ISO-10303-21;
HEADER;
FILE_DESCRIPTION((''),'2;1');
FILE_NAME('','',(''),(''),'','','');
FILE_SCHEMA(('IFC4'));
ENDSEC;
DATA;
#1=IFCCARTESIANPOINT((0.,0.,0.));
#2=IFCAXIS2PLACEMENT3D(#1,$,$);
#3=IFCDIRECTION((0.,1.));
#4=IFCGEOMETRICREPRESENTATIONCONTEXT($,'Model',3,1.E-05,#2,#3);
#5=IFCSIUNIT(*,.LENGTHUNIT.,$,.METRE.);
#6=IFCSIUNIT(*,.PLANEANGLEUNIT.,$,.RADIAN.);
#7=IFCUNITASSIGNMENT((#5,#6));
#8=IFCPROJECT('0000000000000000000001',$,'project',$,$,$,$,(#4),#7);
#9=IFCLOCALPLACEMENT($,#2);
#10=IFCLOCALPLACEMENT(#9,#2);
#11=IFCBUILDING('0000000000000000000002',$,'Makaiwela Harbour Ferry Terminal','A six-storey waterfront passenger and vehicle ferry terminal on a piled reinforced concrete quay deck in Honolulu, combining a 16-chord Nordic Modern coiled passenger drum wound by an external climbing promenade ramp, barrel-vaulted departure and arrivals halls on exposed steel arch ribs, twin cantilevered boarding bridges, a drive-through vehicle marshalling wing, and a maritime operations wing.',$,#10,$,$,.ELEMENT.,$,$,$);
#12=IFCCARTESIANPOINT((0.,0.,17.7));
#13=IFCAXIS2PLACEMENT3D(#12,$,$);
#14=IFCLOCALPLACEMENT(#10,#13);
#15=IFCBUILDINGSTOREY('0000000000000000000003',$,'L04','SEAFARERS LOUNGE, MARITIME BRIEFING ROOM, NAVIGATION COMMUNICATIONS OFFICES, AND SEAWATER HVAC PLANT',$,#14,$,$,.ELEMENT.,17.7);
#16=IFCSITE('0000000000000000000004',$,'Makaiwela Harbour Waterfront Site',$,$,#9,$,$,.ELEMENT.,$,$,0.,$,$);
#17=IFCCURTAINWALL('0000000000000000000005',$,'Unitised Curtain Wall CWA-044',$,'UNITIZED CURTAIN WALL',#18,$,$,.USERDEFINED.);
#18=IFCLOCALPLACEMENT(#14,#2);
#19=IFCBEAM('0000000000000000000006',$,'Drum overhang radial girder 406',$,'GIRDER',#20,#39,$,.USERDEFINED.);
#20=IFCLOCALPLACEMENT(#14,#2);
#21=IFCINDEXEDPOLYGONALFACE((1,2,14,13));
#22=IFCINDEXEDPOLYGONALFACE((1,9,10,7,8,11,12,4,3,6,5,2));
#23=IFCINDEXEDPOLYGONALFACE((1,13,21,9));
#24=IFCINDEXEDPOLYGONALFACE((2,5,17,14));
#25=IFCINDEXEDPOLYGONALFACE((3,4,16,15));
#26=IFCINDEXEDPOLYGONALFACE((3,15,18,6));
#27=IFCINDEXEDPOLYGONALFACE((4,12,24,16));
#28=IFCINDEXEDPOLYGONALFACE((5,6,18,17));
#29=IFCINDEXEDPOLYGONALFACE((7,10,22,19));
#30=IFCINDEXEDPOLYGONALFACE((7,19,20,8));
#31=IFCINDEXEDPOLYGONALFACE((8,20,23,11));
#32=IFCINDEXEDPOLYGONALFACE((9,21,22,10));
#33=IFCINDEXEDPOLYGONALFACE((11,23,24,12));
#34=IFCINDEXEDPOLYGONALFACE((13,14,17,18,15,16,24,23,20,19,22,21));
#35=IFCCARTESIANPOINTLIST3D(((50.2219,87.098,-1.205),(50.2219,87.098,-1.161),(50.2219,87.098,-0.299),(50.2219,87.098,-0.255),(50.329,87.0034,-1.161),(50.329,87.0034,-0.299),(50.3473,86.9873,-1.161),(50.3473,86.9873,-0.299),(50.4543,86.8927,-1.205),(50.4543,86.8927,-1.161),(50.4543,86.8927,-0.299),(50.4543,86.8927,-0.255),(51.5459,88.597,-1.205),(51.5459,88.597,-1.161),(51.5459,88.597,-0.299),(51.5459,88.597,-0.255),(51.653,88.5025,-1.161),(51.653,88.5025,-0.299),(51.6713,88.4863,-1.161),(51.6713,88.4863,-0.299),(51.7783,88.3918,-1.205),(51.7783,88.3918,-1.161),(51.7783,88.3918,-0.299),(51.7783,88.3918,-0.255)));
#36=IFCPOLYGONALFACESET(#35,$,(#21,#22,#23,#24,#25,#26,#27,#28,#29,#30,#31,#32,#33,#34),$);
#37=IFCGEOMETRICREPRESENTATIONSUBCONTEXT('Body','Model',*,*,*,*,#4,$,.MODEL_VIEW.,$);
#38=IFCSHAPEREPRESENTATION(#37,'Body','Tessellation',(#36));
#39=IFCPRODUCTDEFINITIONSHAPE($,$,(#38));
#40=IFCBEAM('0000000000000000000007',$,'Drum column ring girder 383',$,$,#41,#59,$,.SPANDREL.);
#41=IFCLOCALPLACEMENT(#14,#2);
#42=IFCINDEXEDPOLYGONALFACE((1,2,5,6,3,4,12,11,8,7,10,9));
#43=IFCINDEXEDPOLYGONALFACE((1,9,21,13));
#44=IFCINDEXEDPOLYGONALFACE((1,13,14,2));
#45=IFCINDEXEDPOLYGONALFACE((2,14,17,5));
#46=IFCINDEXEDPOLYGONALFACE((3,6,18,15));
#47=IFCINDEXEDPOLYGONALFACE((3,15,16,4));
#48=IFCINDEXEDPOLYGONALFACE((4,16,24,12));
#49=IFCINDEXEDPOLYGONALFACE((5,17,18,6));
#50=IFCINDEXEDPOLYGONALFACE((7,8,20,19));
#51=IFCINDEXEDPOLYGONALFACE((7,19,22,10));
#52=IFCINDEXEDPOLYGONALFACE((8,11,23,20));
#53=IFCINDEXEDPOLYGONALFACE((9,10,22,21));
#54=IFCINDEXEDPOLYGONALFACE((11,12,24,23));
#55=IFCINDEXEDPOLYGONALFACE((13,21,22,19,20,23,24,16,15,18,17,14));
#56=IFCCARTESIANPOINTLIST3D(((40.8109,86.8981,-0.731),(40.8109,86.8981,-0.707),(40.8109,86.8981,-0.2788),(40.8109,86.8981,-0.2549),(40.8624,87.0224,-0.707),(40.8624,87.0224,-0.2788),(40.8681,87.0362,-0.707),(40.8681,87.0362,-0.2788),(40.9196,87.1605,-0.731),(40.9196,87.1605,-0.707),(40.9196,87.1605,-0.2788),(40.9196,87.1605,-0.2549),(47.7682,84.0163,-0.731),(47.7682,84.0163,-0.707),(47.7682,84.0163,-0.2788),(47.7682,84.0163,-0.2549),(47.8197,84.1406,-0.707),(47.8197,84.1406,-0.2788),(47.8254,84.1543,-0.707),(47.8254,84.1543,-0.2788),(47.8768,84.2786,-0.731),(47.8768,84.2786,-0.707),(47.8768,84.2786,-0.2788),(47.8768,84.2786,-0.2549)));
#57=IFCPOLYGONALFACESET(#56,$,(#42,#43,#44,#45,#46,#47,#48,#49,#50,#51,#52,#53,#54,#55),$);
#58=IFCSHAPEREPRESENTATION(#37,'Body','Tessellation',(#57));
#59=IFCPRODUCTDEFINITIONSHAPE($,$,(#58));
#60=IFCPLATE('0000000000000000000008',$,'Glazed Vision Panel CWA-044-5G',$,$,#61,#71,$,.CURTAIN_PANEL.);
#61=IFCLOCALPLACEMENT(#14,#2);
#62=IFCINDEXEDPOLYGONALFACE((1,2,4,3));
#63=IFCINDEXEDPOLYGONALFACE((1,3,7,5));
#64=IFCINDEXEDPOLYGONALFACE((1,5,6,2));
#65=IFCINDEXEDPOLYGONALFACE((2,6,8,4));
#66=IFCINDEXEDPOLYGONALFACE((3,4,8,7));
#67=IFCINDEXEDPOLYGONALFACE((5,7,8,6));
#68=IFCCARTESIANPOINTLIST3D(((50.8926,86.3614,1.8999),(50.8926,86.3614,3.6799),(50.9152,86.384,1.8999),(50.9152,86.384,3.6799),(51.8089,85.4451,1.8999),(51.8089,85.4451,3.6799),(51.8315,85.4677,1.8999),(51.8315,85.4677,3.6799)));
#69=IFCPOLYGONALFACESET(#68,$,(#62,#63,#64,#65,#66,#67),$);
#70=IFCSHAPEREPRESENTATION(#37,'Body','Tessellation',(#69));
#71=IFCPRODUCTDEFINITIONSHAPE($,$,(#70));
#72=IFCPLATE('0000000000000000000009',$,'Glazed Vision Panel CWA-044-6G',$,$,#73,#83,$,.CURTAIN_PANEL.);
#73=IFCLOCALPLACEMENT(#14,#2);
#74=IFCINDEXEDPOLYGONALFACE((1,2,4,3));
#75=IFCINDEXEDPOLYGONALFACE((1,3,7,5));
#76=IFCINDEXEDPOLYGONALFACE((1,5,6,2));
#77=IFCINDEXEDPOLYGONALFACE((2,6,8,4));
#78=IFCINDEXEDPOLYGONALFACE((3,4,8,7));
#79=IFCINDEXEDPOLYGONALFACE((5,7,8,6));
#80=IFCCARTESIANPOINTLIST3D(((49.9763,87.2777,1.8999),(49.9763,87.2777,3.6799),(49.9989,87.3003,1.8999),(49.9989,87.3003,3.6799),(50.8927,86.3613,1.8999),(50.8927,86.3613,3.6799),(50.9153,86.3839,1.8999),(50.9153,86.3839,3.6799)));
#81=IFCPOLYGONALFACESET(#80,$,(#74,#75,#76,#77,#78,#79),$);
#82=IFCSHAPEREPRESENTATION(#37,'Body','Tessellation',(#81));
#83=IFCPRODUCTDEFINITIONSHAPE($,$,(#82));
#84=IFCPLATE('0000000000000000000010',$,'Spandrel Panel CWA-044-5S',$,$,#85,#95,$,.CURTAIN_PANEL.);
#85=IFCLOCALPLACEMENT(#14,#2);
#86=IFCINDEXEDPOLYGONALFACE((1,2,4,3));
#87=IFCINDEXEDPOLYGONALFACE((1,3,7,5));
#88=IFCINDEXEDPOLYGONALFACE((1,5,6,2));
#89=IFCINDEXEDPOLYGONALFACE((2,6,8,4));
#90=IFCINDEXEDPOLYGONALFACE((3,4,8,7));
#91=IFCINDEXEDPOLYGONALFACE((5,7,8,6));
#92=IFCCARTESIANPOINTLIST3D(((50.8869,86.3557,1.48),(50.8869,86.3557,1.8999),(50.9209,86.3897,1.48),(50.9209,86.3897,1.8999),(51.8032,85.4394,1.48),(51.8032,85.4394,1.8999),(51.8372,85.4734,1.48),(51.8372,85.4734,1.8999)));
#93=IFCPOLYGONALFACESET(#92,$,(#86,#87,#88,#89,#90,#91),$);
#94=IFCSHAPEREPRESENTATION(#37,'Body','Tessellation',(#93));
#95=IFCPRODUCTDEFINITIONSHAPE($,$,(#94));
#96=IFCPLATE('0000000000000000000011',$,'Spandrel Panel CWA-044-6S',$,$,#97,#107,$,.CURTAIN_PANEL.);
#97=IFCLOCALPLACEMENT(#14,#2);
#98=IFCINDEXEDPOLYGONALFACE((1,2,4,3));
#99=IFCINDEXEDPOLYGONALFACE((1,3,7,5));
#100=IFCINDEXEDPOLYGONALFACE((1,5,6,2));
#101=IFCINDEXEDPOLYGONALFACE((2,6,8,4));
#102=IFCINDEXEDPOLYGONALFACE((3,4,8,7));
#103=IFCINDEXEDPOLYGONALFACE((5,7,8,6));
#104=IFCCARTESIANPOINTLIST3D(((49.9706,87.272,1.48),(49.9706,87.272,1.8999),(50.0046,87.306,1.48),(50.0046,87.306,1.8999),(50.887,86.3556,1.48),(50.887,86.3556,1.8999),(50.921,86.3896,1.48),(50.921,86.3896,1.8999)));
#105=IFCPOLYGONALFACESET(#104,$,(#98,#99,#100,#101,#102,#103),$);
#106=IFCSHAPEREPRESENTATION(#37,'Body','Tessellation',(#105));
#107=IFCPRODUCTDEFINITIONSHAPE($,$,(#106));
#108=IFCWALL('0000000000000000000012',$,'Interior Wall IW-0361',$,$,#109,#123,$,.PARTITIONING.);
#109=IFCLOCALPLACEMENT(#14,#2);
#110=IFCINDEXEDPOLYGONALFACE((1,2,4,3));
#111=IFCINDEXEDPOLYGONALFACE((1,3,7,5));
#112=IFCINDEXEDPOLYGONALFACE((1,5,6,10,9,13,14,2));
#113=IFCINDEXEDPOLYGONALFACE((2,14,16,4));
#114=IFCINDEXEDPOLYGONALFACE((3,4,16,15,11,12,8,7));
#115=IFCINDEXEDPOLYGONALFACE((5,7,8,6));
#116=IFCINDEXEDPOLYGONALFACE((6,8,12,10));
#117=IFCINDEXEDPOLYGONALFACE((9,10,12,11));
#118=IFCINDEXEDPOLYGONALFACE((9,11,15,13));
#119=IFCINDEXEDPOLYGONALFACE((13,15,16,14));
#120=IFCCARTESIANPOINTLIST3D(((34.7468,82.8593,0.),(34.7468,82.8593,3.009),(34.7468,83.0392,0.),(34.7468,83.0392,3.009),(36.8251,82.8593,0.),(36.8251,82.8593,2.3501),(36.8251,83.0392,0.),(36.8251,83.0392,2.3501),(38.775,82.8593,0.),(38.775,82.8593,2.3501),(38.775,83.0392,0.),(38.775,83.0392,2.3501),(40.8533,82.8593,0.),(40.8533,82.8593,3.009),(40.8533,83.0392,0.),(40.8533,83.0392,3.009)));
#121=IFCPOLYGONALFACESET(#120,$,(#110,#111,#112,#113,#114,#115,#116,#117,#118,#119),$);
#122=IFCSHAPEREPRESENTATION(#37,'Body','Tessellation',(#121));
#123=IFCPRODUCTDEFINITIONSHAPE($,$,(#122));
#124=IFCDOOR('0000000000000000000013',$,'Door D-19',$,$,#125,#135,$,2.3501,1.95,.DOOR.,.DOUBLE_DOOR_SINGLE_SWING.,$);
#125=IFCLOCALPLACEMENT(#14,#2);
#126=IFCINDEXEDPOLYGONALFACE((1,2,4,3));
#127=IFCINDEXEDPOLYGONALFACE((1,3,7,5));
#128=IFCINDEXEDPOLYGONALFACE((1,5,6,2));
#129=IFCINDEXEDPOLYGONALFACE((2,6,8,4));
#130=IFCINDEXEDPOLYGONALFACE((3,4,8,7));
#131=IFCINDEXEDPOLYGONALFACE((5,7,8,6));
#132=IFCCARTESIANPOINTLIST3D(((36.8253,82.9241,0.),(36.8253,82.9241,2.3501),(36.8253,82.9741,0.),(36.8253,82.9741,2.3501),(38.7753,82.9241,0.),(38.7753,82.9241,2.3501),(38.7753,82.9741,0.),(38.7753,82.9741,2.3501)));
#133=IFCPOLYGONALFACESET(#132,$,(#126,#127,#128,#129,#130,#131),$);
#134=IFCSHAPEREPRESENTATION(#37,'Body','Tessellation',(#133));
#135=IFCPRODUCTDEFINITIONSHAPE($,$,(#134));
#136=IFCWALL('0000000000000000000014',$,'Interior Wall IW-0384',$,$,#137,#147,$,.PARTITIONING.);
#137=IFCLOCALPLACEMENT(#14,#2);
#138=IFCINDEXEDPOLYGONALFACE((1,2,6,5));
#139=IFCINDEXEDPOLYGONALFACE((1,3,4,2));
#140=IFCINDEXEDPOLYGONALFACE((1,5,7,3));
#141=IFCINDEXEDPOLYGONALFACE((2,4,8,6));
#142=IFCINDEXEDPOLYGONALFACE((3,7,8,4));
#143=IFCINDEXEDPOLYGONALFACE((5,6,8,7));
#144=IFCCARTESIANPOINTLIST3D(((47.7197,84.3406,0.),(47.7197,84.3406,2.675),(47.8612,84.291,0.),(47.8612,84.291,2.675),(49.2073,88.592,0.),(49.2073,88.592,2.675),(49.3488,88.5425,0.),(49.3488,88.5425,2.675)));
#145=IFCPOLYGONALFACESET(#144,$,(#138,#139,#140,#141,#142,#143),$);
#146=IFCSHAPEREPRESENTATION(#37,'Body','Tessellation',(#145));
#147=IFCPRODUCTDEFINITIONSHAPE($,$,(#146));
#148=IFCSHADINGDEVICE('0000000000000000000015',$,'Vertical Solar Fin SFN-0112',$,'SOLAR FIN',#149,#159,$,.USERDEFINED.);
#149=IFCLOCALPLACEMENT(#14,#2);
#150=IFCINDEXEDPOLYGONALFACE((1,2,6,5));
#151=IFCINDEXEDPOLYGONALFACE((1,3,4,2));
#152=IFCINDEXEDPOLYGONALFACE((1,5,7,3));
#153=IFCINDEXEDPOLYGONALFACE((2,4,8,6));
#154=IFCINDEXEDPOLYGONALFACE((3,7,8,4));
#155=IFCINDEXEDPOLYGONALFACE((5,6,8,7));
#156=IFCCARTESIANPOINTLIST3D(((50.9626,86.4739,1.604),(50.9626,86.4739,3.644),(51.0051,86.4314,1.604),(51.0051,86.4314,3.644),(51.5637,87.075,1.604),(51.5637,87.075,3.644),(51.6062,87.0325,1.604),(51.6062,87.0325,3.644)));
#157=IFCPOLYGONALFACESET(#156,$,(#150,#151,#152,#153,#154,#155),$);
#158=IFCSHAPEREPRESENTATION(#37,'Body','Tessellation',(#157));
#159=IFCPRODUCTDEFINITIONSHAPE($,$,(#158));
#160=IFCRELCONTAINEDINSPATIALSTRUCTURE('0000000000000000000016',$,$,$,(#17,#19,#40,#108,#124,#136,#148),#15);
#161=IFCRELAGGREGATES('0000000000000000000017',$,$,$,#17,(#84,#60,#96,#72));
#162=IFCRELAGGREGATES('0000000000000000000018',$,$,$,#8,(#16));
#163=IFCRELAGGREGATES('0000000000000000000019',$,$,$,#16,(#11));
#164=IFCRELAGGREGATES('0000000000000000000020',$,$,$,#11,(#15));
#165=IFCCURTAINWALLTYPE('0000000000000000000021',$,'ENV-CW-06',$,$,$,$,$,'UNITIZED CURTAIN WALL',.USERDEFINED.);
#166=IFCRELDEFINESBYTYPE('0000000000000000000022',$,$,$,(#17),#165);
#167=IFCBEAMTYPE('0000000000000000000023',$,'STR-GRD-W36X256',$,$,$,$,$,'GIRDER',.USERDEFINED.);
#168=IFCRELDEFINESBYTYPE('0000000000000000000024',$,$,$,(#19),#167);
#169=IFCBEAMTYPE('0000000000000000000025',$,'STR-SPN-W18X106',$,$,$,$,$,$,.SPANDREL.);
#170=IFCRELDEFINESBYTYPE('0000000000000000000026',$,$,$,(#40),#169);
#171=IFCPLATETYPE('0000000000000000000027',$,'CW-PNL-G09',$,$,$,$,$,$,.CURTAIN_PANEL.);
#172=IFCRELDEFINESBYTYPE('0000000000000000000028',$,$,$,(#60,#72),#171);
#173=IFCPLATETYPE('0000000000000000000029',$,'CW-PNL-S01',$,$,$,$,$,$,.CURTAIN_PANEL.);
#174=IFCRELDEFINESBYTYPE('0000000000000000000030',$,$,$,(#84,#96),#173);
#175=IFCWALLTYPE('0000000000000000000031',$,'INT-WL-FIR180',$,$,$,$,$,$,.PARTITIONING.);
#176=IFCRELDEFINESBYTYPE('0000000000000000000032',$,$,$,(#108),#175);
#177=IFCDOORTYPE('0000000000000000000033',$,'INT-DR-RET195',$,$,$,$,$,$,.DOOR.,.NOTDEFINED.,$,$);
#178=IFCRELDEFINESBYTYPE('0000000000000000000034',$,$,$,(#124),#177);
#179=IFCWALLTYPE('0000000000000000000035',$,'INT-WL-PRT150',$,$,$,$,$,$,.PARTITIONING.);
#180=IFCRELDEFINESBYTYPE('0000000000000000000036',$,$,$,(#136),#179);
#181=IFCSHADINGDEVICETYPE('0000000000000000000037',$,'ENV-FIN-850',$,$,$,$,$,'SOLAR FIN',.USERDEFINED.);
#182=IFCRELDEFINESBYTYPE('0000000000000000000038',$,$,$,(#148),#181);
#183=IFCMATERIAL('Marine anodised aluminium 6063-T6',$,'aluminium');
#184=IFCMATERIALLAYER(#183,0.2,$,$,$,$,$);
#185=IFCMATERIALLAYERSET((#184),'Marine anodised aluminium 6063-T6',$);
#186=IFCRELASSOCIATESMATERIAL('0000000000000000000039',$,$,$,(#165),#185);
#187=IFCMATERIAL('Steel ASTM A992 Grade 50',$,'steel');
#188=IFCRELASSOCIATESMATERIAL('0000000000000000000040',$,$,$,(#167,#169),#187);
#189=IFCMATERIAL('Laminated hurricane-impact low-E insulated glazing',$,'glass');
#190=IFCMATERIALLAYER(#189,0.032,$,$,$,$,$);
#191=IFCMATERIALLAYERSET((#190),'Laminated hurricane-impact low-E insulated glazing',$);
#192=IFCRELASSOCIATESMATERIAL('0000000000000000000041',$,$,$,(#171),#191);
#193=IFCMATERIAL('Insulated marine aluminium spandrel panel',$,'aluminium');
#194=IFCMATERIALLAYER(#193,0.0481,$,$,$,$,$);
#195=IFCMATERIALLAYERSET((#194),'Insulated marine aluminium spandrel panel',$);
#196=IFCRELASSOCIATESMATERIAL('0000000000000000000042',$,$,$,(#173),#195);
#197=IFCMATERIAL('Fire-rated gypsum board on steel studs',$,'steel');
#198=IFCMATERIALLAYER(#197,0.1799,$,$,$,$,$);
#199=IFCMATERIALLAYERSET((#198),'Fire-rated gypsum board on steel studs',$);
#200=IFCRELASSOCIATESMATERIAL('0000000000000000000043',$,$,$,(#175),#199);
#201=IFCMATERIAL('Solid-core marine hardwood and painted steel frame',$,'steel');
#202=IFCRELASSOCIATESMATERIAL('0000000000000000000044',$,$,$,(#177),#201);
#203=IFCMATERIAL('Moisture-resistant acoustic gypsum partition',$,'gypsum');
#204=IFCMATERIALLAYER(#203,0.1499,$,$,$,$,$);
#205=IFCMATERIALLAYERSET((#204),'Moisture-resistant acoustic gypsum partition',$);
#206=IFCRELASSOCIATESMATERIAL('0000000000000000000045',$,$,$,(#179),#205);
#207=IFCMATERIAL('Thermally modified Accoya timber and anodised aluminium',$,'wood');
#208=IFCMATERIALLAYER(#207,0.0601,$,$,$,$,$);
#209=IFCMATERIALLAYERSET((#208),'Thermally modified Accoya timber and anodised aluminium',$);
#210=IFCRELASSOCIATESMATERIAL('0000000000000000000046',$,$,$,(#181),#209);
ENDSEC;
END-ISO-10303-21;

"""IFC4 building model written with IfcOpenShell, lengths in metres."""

from ifc_helpers import new_model, si_unit, direction, frame, frame_2d, origin, origin_2d, place, context, subcontext, project, spatial, rectangle, i_section, extrude, material, layer, layer_set, material_profile, profile_set, type_object, element, fill, aggregate, save


model = new_model("IFC4")

# Units and contexts
model_context = context("Model", 3, precision=1e-05, world=origin(), true_north=direction((0.0, 1.0)))
body_context = subcontext(model_context, "Body", "Model", "MODEL_VIEW")
ifc_project = project(units=[si_unit("LENGTHUNIT", "METRE"), si_unit("PLANEANGLEUNIT", "RADIAN")], contexts=[model_context])

# Site, building, storey
site_placement = place(None, origin())
site = spatial("IfcSite", under=ifc_project, at=site_placement, Name="Makaiwela Harbour Waterfront Site", CompositionType="ELEMENT", RefElevation=0.0)
building_placement = place(site_placement, origin())
building = spatial("IfcBuilding", under=site, at=building_placement, Name="Makaiwela Harbour Ferry Terminal", Description="A six-storey waterfront passenger and vehicle ferry terminal on a piled reinforced concrete quay deck in Honolulu, combining a 16-chord Nordic Modern coiled passenger drum wound by an external climbing promenade ramp, barrel-vaulted departure and arrivals halls on exposed steel arch ribs, twin cantilevered boarding bridges, a drive-through vehicle marshalling wing, and a maritime operations wing.", CompositionType="ELEMENT")
storey_placement = place(building_placement, frame((0.0, 0.0, 17.7)))
storey = spatial("IfcBuildingStorey", under=building, at=storey_placement, Name="L04", Description="SEAFARERS LOUNGE, MARITIME BRIEFING ROOM, NAVIGATION COMMUNICATIONS OFFICES, AND SEAWATER HVAC PLANT", CompositionType="ELEMENT", Elevation=17.7)

# Shared definitions
ifc_material_1 = material(Name="Steel ASTM A992 Grade 50", Category="steel")

# Curtain wall
ifc_material_2 = material(Name="Marine anodised aluminium 6063-T6", Category="aluminium")
ifc_layer_1 = layer(ifc_material_2, 0.2)
ifc_layer_set_1 = layer_set([ifc_layer_1], Name="Marine anodised aluminium 6063-T6")
curtain_wall_type = type_object("IfcCurtainWallType", Name="ENV-CW-06", ElementType="UNITIZED CURTAIN WALL", PredefinedType="USERDEFINED", material=ifc_layer_set_1)
curtain_wall_placement = place(storey_placement, origin())
curtain_wall = element("IfcCurtainWall", 1, at=curtain_wall_placement, inside=storey, type_object=curtain_wall_type, Name="Unitised Curtain Wall CWA-044", ObjectType="UNITIZED CURTAIN WALL", PredefinedType="USERDEFINED")

# Beams
ifc_material_profile_1 = material_profile(ifc_material_1, i_section(OverallWidth=0.3101, OverallDepth=0.95, WebThickness=0.0244, FlangeThickness=0.0439, at=origin_2d()), Name="W36X256")
ifc_profile_set_1 = profile_set([ifc_material_profile_1], Name="Steel ASTM A992 Grade 50")
beam_type_1 = type_object("IfcBeamType", Name="STR-GRD-W36X256", ElementType="GIRDER", PredefinedType="USERDEFINED", material=ifc_profile_set_1)
beam_1_placement = place(storey_placement, frame((50.3381, 86.9954, -0.73), z_axis=(0.661989, 0.749514, 0.0), x_axis=(-0.749514, 0.661989, 0.0)))
element("IfcBeam", 2, at=beam_1_placement, inside=storey, type_object=beam_type_1, Name="Drum overhang radial girder 406", ObjectType="GIRDER", PredefinedType="USERDEFINED", context=body_context, shape_type="SweptSolid", body=[
    extrude(i_section(OverallWidth=0.3101, OverallDepth=0.95, WebThickness=0.0244, FlangeThickness=0.0439, at=origin_2d()), origin(), (0.0, 0.0, 1.0), 2.0),
])
ifc_material_profile_2 = material_profile(ifc_material_1, i_section(OverallWidth=0.2839, OverallDepth=0.4761, WebThickness=0.0149, FlangeThickness=0.0239, at=origin_2d()), Name="W18X106")
ifc_profile_set_2 = profile_set([ifc_material_profile_2], Name="Steel ASTM A992 Grade 50")
beam_type_2 = type_object("IfcBeamType", Name="STR-SPN-W18X106", PredefinedType="SPANDREL", material=ifc_profile_set_2)
beam_2_placement = place(storey_placement, frame((47.8225, 84.1475, -0.4929), z_axis=(-0.923878, 0.382688, 0.0), x_axis=(-0.382688, -0.923878, 0.0)))
element("IfcBeam", 3, at=beam_2_placement, inside=storey, type_object=beam_type_2, Name="Drum column ring girder 383", PredefinedType="SPANDREL", context=body_context, shape_type="SweptSolid", body=[
    extrude(i_section(OverallWidth=0.2839, OverallDepth=0.4761, WebThickness=0.0149, FlangeThickness=0.0239, at=origin_2d()), origin(), (0.0, 0.0, 1.0), 7.5305),
])

# Plates
ifc_material_3 = material(Name="Laminated hurricane-impact low-E insulated glazing", Category="glass")
ifc_layer_2 = layer(ifc_material_3, 0.032)
ifc_layer_set_2 = layer_set([ifc_layer_2], Name="Laminated hurricane-impact low-E insulated glazing")
plate_type_1 = type_object("IfcPlateType", Name="CW-PNL-G09", PredefinedType="CURTAIN_PANEL", material=ifc_layer_set_2)
plate_1_placement = place(storey_placement, frame((51.3621, 85.9146, 1.8999), z_axis=(0.0, 0.0, 1.0), x_axis=(-0.707107, 0.707107, 0.0)))
plate_1 = element("IfcPlate", 4, at=plate_1_placement, type_object=plate_type_1, Name="Glazed Vision Panel CWA-044-5G", PredefinedType="CURTAIN_PANEL", context=body_context, shape_type="SweptSolid", body=[
    extrude(rectangle(XDim=1.2959, YDim=0.032, at=origin_2d()), origin(), (0.0, 0.0, 1.0), 1.78),
])
plate_2_placement = place(storey_placement, frame((50.4458, 86.8308, 1.8999), z_axis=(0.0, 0.0, 1.0), x_axis=(-0.707107, 0.707107, 0.0)))
plate_2 = element("IfcPlate", 5, at=plate_2_placement, type_object=plate_type_1, Name="Glazed Vision Panel CWA-044-6G", PredefinedType="CURTAIN_PANEL", context=body_context, shape_type="SweptSolid", body=[
    extrude(rectangle(XDim=1.2959, YDim=0.032, at=origin_2d()), origin(), (0.0, 0.0, 1.0), 1.78),
])
ifc_material_4 = material(Name="Insulated marine aluminium spandrel panel", Category="aluminium")
ifc_layer_3 = layer(ifc_material_4, 0.0481)
ifc_layer_set_3 = layer_set([ifc_layer_3], Name="Insulated marine aluminium spandrel panel")
plate_type_2 = type_object("IfcPlateType", Name="CW-PNL-S01", PredefinedType="CURTAIN_PANEL", material=ifc_layer_set_3)
plate_3_placement = place(storey_placement, frame((51.3621, 85.9146, 1.48), z_axis=(0.0, 0.0, 1.0), x_axis=(-0.707107, 0.707107, 0.0)))
plate_3 = element("IfcPlate", 6, at=plate_3_placement, type_object=plate_type_2, Name="Spandrel Panel CWA-044-5S", PredefinedType="CURTAIN_PANEL", context=body_context, shape_type="SweptSolid", body=[
    extrude(rectangle(XDim=1.2959, YDim=0.0481, at=origin_2d()), origin(), (0.0, 0.0, 1.0), 0.4199),
])
plate_4_placement = place(storey_placement, frame((50.4458, 86.8308, 1.48), z_axis=(0.0, 0.0, 1.0), x_axis=(-0.707107, 0.707107, 0.0)))
plate_4 = element("IfcPlate", 7, at=plate_4_placement, type_object=plate_type_2, Name="Spandrel Panel CWA-044-6S", PredefinedType="CURTAIN_PANEL", context=body_context, shape_type="SweptSolid", body=[
    extrude(rectangle(XDim=1.2959, YDim=0.0481, at=origin_2d()), origin(), (0.0, 0.0, 1.0), 0.4199),
])
aggregate(curtain_wall, [plate_3, plate_1, plate_4, plate_2])

# Wall, opening, door
ifc_material_5 = material(Name="Fire-rated gypsum board on steel studs", Category="steel")
ifc_layer_4 = layer(ifc_material_5, 0.1799)
ifc_layer_set_4 = layer_set([ifc_layer_4], Name="Fire-rated gypsum board on steel studs")
wall_type_1 = type_object("IfcWallType", Name="INT-WL-FIR180", PredefinedType="PARTITIONING", material=ifc_layer_set_4)
wall_1_placement = place(storey_placement, frame((40.8533, 82.9492, 0.0), z_axis=(0.0, 0.0, 1.0), x_axis=(-1.0, 0.0, 0.0)))
wall_1 = element("IfcWall", 8, at=wall_1_placement, inside=storey, type_object=wall_type_1, Name="Interior Wall IW-0361", PredefinedType="PARTITIONING", context=body_context, shape_type="SweptSolid", body=[
    extrude(rectangle(XDim=6.1064, YDim=0.1799, at=frame_2d((3.0532, 0.0))), origin(), (0.0, 0.0, 1.0), 3.009),
])
opening_placement = place(wall_1_placement, frame((2.0781, 0.0, 0.0)))
opening = element("IfcOpeningElement", 9, at=opening_placement, cuts=wall_1, PredefinedType="OPENING", context=body_context, shape_type="SweptSolid", body=[
    extrude(rectangle(XDim=1.95, YDim=2.3501, at=frame_2d((0.9751, 1.175))), frame((0.0, 0.0999, 0.0), z_axis=(0.0, -1.0, 0.0), x_axis=(1.0, 0.0, 0.0)), (0.0, 0.0, 1.0), 0.2),
])
ifc_material_6 = material(Name="Solid-core marine hardwood and painted steel frame", Category="steel")
door_type = type_object("IfcDoorType", Name="INT-DR-RET195", OperationType="NOTDEFINED", PredefinedType="DOOR", material=ifc_material_6)
door_placement = place(opening_placement, frame((1.95, 0.0, 0.0), z_axis=(0.0, 0.0, 1.0), x_axis=(-1.0, 0.0, 0.0)))
door = element("IfcDoor", 10, at=door_placement, inside=storey, type_object=door_type, Name="Door D-19", OperationType="DOUBLE_DOOR_SINGLE_SWING", OverallHeight=2.3501, OverallWidth=1.95, PredefinedType="DOOR", context=body_context, shape_type="SweptSolid", body=[
    extrude(rectangle(XDim=1.95, YDim=2.3501, at=frame_2d((0.9751, 1.175))), frame((0.0, 0.0249, 0.0), z_axis=(0.0, -1.0, 0.0), x_axis=(1.0, 0.0, 0.0)), (0.0, 0.0, 1.0), 0.05),
])
fill(opening, door)

# Wall
ifc_material_7 = material(Name="Moisture-resistant acoustic gypsum partition", Category="gypsum")
ifc_layer_5 = layer(ifc_material_7, 0.1499)
ifc_layer_set_5 = layer_set([ifc_layer_5], Name="Moisture-resistant acoustic gypsum partition")
wall_type_2 = type_object("IfcWallType", Name="INT-WL-PRT150", PredefinedType="PARTITIONING", material=ifc_layer_set_5)
wall_2_placement = place(storey_placement, frame((47.7905, 84.3159, 0.0), z_axis=(0.0, 0.0, 1.0), x_axis=(0.330259, 0.94389, 0.0)))
element("IfcWall", 11, at=wall_2_placement, inside=storey, type_object=wall_type_2, Name="Interior Wall IW-0384", PredefinedType="PARTITIONING", context=body_context, shape_type="SweptSolid", body=[
    extrude(rectangle(XDim=4.5042, YDim=0.1499, at=frame_2d((2.252, 0.0))), origin(), (0.0, 0.0, 1.0), 2.675),
])

# Shading device
ifc_material_8 = material(Name="Thermally modified Accoya timber and anodised aluminium", Category="wood")
ifc_layer_6 = layer(ifc_material_8, 0.0601)
ifc_layer_set_6 = layer_set([ifc_layer_6], Name="Thermally modified Accoya timber and anodised aluminium")
shading_device_type = type_object("IfcShadingDeviceType", Name="ENV-FIN-850", ElementType="SOLAR FIN", PredefinedType="USERDEFINED", material=ifc_layer_set_6)
shading_device_placement = place(storey_placement, frame((51.2844, 86.7532, 1.604), z_axis=(0.0, 0.0, 1.0), x_axis=(0.707107, 0.707107, 0.0)))
element("IfcShadingDevice", 12, at=shading_device_placement, inside=storey, type_object=shading_device_type, Name="Vertical Solar Fin SFN-0112", ObjectType="SOLAR FIN", PredefinedType="USERDEFINED", context=body_context, shape_type="SweptSolid", body=[
    extrude(rectangle(XDim=0.8501, YDim=0.0601, at=origin_2d()), origin(), (0.0, 0.0, 1.0), 2.04),
])

save(model, "model.ifc")
